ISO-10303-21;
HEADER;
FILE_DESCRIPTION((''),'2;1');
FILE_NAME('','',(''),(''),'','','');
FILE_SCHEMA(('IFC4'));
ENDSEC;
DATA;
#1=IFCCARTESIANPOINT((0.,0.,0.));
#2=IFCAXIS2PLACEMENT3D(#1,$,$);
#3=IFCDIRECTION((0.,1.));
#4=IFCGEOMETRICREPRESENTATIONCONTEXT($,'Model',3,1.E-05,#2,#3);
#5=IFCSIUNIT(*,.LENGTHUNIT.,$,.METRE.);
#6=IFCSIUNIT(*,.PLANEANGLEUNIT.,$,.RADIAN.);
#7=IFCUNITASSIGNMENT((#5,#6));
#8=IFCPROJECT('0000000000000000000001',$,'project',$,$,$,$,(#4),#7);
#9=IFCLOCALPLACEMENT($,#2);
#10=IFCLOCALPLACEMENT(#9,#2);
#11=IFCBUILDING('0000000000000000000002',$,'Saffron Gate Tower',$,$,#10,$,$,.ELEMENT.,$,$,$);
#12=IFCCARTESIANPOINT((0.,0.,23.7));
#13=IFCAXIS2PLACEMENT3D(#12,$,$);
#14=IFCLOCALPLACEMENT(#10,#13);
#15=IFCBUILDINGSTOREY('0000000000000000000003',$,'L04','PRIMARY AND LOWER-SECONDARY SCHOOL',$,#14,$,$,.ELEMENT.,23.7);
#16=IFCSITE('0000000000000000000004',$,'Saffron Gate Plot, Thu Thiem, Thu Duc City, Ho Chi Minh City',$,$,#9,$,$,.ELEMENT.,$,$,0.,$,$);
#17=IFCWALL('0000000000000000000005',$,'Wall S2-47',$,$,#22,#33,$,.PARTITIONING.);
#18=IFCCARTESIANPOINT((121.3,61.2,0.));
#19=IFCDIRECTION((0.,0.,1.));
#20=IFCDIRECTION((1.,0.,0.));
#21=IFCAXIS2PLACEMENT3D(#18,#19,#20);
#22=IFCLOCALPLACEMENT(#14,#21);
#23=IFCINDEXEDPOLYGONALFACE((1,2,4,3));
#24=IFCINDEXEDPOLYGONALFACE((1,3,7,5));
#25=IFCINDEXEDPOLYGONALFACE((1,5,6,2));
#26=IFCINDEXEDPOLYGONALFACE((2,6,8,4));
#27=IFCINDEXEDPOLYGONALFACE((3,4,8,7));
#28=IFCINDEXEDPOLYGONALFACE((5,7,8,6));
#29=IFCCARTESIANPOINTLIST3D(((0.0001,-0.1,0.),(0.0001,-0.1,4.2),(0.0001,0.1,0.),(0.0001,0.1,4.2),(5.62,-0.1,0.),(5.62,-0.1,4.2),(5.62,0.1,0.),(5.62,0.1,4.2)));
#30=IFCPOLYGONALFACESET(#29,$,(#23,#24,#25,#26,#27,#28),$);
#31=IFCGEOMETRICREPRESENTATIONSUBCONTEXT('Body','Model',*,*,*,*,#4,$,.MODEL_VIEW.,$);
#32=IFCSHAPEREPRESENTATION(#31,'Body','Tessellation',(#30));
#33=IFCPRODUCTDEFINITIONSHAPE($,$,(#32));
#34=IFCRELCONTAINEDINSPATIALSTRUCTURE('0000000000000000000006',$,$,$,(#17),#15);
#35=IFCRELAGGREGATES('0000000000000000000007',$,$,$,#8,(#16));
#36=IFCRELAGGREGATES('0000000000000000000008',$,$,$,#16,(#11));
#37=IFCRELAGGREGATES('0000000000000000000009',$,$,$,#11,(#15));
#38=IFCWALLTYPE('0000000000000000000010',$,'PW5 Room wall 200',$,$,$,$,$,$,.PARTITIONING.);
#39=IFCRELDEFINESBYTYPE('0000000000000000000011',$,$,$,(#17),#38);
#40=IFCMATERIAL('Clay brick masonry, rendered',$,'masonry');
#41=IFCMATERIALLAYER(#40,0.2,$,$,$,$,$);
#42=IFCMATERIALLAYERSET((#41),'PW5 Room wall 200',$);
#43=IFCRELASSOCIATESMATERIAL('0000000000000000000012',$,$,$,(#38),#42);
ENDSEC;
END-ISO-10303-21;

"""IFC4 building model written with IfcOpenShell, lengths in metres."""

from ifc_helpers import new_model, si_unit, direction, frame, frame_2d, origin, place, context, subcontext, project, spatial, rectangle, extrude, material, layer, layer_set, type_object, element, save


model = new_model("IFC4")

# Units and contexts
model_context = context("Model", 3, precision=1e-05, world=origin(), true_north=direction((0.0, 1.0)))
body_context = subcontext(model_context, "Body", "Model", "MODEL_VIEW")
ifc_project = project(units=[si_unit("LENGTHUNIT", "METRE"), si_unit("PLANEANGLEUNIT", "RADIAN")], contexts=[model_context])

# Site, building, storey
site_placement = place(None, origin())
site = spatial("IfcSite", under=ifc_project, at=site_placement, Name="Saffron Gate Plot, Thu Thiem, Thu Duc City, Ho Chi Minh City", CompositionType="ELEMENT", RefElevation=0.0)
building_placement = place(site_placement, origin())
building = spatial("IfcBuilding", under=site, at=building_placement, Name="Saffron Gate Tower", CompositionType="ELEMENT")
storey_placement = place(building_placement, frame((0.0, 0.0, 23.7)))
storey = spatial("IfcBuildingStorey", under=building, at=storey_placement, Name="L04", Description="PRIMARY AND LOWER-SECONDARY SCHOOL", CompositionType="ELEMENT", Elevation=23.7)

# Wall
ifc_material_1 = material(Name="Clay brick masonry, rendered", Category="masonry")
ifc_layer_1 = layer(ifc_material_1, 0.2)
ifc_layer_set_1 = layer_set([ifc_layer_1], Name="PW5 Room wall 200")
wall_type_1 = type_object("IfcWallType", Name="PW5 Room wall 200", PredefinedType="PARTITIONING", material=ifc_layer_set_1)
wall_1_placement = place(storey_placement, frame((121.3, 61.2, 0.0), z_axis=(0.0, 0.0, 1.0), x_axis=(1.0, 0.0, 0.0)))
element("IfcWall", 1, at=wall_1_placement, inside=storey, type_object=wall_type_1, Name="Wall S2-47", PredefinedType="PARTITIONING", context=body_context, shape_type="SweptSolid", body=[
    extrude(rectangle(XDim=5.6199, YDim=0.2, at=frame_2d((2.8101, 0.0))), origin(), (0.0, 0.0, 1.0), 4.2),
])

save(model, "model.ifc")
